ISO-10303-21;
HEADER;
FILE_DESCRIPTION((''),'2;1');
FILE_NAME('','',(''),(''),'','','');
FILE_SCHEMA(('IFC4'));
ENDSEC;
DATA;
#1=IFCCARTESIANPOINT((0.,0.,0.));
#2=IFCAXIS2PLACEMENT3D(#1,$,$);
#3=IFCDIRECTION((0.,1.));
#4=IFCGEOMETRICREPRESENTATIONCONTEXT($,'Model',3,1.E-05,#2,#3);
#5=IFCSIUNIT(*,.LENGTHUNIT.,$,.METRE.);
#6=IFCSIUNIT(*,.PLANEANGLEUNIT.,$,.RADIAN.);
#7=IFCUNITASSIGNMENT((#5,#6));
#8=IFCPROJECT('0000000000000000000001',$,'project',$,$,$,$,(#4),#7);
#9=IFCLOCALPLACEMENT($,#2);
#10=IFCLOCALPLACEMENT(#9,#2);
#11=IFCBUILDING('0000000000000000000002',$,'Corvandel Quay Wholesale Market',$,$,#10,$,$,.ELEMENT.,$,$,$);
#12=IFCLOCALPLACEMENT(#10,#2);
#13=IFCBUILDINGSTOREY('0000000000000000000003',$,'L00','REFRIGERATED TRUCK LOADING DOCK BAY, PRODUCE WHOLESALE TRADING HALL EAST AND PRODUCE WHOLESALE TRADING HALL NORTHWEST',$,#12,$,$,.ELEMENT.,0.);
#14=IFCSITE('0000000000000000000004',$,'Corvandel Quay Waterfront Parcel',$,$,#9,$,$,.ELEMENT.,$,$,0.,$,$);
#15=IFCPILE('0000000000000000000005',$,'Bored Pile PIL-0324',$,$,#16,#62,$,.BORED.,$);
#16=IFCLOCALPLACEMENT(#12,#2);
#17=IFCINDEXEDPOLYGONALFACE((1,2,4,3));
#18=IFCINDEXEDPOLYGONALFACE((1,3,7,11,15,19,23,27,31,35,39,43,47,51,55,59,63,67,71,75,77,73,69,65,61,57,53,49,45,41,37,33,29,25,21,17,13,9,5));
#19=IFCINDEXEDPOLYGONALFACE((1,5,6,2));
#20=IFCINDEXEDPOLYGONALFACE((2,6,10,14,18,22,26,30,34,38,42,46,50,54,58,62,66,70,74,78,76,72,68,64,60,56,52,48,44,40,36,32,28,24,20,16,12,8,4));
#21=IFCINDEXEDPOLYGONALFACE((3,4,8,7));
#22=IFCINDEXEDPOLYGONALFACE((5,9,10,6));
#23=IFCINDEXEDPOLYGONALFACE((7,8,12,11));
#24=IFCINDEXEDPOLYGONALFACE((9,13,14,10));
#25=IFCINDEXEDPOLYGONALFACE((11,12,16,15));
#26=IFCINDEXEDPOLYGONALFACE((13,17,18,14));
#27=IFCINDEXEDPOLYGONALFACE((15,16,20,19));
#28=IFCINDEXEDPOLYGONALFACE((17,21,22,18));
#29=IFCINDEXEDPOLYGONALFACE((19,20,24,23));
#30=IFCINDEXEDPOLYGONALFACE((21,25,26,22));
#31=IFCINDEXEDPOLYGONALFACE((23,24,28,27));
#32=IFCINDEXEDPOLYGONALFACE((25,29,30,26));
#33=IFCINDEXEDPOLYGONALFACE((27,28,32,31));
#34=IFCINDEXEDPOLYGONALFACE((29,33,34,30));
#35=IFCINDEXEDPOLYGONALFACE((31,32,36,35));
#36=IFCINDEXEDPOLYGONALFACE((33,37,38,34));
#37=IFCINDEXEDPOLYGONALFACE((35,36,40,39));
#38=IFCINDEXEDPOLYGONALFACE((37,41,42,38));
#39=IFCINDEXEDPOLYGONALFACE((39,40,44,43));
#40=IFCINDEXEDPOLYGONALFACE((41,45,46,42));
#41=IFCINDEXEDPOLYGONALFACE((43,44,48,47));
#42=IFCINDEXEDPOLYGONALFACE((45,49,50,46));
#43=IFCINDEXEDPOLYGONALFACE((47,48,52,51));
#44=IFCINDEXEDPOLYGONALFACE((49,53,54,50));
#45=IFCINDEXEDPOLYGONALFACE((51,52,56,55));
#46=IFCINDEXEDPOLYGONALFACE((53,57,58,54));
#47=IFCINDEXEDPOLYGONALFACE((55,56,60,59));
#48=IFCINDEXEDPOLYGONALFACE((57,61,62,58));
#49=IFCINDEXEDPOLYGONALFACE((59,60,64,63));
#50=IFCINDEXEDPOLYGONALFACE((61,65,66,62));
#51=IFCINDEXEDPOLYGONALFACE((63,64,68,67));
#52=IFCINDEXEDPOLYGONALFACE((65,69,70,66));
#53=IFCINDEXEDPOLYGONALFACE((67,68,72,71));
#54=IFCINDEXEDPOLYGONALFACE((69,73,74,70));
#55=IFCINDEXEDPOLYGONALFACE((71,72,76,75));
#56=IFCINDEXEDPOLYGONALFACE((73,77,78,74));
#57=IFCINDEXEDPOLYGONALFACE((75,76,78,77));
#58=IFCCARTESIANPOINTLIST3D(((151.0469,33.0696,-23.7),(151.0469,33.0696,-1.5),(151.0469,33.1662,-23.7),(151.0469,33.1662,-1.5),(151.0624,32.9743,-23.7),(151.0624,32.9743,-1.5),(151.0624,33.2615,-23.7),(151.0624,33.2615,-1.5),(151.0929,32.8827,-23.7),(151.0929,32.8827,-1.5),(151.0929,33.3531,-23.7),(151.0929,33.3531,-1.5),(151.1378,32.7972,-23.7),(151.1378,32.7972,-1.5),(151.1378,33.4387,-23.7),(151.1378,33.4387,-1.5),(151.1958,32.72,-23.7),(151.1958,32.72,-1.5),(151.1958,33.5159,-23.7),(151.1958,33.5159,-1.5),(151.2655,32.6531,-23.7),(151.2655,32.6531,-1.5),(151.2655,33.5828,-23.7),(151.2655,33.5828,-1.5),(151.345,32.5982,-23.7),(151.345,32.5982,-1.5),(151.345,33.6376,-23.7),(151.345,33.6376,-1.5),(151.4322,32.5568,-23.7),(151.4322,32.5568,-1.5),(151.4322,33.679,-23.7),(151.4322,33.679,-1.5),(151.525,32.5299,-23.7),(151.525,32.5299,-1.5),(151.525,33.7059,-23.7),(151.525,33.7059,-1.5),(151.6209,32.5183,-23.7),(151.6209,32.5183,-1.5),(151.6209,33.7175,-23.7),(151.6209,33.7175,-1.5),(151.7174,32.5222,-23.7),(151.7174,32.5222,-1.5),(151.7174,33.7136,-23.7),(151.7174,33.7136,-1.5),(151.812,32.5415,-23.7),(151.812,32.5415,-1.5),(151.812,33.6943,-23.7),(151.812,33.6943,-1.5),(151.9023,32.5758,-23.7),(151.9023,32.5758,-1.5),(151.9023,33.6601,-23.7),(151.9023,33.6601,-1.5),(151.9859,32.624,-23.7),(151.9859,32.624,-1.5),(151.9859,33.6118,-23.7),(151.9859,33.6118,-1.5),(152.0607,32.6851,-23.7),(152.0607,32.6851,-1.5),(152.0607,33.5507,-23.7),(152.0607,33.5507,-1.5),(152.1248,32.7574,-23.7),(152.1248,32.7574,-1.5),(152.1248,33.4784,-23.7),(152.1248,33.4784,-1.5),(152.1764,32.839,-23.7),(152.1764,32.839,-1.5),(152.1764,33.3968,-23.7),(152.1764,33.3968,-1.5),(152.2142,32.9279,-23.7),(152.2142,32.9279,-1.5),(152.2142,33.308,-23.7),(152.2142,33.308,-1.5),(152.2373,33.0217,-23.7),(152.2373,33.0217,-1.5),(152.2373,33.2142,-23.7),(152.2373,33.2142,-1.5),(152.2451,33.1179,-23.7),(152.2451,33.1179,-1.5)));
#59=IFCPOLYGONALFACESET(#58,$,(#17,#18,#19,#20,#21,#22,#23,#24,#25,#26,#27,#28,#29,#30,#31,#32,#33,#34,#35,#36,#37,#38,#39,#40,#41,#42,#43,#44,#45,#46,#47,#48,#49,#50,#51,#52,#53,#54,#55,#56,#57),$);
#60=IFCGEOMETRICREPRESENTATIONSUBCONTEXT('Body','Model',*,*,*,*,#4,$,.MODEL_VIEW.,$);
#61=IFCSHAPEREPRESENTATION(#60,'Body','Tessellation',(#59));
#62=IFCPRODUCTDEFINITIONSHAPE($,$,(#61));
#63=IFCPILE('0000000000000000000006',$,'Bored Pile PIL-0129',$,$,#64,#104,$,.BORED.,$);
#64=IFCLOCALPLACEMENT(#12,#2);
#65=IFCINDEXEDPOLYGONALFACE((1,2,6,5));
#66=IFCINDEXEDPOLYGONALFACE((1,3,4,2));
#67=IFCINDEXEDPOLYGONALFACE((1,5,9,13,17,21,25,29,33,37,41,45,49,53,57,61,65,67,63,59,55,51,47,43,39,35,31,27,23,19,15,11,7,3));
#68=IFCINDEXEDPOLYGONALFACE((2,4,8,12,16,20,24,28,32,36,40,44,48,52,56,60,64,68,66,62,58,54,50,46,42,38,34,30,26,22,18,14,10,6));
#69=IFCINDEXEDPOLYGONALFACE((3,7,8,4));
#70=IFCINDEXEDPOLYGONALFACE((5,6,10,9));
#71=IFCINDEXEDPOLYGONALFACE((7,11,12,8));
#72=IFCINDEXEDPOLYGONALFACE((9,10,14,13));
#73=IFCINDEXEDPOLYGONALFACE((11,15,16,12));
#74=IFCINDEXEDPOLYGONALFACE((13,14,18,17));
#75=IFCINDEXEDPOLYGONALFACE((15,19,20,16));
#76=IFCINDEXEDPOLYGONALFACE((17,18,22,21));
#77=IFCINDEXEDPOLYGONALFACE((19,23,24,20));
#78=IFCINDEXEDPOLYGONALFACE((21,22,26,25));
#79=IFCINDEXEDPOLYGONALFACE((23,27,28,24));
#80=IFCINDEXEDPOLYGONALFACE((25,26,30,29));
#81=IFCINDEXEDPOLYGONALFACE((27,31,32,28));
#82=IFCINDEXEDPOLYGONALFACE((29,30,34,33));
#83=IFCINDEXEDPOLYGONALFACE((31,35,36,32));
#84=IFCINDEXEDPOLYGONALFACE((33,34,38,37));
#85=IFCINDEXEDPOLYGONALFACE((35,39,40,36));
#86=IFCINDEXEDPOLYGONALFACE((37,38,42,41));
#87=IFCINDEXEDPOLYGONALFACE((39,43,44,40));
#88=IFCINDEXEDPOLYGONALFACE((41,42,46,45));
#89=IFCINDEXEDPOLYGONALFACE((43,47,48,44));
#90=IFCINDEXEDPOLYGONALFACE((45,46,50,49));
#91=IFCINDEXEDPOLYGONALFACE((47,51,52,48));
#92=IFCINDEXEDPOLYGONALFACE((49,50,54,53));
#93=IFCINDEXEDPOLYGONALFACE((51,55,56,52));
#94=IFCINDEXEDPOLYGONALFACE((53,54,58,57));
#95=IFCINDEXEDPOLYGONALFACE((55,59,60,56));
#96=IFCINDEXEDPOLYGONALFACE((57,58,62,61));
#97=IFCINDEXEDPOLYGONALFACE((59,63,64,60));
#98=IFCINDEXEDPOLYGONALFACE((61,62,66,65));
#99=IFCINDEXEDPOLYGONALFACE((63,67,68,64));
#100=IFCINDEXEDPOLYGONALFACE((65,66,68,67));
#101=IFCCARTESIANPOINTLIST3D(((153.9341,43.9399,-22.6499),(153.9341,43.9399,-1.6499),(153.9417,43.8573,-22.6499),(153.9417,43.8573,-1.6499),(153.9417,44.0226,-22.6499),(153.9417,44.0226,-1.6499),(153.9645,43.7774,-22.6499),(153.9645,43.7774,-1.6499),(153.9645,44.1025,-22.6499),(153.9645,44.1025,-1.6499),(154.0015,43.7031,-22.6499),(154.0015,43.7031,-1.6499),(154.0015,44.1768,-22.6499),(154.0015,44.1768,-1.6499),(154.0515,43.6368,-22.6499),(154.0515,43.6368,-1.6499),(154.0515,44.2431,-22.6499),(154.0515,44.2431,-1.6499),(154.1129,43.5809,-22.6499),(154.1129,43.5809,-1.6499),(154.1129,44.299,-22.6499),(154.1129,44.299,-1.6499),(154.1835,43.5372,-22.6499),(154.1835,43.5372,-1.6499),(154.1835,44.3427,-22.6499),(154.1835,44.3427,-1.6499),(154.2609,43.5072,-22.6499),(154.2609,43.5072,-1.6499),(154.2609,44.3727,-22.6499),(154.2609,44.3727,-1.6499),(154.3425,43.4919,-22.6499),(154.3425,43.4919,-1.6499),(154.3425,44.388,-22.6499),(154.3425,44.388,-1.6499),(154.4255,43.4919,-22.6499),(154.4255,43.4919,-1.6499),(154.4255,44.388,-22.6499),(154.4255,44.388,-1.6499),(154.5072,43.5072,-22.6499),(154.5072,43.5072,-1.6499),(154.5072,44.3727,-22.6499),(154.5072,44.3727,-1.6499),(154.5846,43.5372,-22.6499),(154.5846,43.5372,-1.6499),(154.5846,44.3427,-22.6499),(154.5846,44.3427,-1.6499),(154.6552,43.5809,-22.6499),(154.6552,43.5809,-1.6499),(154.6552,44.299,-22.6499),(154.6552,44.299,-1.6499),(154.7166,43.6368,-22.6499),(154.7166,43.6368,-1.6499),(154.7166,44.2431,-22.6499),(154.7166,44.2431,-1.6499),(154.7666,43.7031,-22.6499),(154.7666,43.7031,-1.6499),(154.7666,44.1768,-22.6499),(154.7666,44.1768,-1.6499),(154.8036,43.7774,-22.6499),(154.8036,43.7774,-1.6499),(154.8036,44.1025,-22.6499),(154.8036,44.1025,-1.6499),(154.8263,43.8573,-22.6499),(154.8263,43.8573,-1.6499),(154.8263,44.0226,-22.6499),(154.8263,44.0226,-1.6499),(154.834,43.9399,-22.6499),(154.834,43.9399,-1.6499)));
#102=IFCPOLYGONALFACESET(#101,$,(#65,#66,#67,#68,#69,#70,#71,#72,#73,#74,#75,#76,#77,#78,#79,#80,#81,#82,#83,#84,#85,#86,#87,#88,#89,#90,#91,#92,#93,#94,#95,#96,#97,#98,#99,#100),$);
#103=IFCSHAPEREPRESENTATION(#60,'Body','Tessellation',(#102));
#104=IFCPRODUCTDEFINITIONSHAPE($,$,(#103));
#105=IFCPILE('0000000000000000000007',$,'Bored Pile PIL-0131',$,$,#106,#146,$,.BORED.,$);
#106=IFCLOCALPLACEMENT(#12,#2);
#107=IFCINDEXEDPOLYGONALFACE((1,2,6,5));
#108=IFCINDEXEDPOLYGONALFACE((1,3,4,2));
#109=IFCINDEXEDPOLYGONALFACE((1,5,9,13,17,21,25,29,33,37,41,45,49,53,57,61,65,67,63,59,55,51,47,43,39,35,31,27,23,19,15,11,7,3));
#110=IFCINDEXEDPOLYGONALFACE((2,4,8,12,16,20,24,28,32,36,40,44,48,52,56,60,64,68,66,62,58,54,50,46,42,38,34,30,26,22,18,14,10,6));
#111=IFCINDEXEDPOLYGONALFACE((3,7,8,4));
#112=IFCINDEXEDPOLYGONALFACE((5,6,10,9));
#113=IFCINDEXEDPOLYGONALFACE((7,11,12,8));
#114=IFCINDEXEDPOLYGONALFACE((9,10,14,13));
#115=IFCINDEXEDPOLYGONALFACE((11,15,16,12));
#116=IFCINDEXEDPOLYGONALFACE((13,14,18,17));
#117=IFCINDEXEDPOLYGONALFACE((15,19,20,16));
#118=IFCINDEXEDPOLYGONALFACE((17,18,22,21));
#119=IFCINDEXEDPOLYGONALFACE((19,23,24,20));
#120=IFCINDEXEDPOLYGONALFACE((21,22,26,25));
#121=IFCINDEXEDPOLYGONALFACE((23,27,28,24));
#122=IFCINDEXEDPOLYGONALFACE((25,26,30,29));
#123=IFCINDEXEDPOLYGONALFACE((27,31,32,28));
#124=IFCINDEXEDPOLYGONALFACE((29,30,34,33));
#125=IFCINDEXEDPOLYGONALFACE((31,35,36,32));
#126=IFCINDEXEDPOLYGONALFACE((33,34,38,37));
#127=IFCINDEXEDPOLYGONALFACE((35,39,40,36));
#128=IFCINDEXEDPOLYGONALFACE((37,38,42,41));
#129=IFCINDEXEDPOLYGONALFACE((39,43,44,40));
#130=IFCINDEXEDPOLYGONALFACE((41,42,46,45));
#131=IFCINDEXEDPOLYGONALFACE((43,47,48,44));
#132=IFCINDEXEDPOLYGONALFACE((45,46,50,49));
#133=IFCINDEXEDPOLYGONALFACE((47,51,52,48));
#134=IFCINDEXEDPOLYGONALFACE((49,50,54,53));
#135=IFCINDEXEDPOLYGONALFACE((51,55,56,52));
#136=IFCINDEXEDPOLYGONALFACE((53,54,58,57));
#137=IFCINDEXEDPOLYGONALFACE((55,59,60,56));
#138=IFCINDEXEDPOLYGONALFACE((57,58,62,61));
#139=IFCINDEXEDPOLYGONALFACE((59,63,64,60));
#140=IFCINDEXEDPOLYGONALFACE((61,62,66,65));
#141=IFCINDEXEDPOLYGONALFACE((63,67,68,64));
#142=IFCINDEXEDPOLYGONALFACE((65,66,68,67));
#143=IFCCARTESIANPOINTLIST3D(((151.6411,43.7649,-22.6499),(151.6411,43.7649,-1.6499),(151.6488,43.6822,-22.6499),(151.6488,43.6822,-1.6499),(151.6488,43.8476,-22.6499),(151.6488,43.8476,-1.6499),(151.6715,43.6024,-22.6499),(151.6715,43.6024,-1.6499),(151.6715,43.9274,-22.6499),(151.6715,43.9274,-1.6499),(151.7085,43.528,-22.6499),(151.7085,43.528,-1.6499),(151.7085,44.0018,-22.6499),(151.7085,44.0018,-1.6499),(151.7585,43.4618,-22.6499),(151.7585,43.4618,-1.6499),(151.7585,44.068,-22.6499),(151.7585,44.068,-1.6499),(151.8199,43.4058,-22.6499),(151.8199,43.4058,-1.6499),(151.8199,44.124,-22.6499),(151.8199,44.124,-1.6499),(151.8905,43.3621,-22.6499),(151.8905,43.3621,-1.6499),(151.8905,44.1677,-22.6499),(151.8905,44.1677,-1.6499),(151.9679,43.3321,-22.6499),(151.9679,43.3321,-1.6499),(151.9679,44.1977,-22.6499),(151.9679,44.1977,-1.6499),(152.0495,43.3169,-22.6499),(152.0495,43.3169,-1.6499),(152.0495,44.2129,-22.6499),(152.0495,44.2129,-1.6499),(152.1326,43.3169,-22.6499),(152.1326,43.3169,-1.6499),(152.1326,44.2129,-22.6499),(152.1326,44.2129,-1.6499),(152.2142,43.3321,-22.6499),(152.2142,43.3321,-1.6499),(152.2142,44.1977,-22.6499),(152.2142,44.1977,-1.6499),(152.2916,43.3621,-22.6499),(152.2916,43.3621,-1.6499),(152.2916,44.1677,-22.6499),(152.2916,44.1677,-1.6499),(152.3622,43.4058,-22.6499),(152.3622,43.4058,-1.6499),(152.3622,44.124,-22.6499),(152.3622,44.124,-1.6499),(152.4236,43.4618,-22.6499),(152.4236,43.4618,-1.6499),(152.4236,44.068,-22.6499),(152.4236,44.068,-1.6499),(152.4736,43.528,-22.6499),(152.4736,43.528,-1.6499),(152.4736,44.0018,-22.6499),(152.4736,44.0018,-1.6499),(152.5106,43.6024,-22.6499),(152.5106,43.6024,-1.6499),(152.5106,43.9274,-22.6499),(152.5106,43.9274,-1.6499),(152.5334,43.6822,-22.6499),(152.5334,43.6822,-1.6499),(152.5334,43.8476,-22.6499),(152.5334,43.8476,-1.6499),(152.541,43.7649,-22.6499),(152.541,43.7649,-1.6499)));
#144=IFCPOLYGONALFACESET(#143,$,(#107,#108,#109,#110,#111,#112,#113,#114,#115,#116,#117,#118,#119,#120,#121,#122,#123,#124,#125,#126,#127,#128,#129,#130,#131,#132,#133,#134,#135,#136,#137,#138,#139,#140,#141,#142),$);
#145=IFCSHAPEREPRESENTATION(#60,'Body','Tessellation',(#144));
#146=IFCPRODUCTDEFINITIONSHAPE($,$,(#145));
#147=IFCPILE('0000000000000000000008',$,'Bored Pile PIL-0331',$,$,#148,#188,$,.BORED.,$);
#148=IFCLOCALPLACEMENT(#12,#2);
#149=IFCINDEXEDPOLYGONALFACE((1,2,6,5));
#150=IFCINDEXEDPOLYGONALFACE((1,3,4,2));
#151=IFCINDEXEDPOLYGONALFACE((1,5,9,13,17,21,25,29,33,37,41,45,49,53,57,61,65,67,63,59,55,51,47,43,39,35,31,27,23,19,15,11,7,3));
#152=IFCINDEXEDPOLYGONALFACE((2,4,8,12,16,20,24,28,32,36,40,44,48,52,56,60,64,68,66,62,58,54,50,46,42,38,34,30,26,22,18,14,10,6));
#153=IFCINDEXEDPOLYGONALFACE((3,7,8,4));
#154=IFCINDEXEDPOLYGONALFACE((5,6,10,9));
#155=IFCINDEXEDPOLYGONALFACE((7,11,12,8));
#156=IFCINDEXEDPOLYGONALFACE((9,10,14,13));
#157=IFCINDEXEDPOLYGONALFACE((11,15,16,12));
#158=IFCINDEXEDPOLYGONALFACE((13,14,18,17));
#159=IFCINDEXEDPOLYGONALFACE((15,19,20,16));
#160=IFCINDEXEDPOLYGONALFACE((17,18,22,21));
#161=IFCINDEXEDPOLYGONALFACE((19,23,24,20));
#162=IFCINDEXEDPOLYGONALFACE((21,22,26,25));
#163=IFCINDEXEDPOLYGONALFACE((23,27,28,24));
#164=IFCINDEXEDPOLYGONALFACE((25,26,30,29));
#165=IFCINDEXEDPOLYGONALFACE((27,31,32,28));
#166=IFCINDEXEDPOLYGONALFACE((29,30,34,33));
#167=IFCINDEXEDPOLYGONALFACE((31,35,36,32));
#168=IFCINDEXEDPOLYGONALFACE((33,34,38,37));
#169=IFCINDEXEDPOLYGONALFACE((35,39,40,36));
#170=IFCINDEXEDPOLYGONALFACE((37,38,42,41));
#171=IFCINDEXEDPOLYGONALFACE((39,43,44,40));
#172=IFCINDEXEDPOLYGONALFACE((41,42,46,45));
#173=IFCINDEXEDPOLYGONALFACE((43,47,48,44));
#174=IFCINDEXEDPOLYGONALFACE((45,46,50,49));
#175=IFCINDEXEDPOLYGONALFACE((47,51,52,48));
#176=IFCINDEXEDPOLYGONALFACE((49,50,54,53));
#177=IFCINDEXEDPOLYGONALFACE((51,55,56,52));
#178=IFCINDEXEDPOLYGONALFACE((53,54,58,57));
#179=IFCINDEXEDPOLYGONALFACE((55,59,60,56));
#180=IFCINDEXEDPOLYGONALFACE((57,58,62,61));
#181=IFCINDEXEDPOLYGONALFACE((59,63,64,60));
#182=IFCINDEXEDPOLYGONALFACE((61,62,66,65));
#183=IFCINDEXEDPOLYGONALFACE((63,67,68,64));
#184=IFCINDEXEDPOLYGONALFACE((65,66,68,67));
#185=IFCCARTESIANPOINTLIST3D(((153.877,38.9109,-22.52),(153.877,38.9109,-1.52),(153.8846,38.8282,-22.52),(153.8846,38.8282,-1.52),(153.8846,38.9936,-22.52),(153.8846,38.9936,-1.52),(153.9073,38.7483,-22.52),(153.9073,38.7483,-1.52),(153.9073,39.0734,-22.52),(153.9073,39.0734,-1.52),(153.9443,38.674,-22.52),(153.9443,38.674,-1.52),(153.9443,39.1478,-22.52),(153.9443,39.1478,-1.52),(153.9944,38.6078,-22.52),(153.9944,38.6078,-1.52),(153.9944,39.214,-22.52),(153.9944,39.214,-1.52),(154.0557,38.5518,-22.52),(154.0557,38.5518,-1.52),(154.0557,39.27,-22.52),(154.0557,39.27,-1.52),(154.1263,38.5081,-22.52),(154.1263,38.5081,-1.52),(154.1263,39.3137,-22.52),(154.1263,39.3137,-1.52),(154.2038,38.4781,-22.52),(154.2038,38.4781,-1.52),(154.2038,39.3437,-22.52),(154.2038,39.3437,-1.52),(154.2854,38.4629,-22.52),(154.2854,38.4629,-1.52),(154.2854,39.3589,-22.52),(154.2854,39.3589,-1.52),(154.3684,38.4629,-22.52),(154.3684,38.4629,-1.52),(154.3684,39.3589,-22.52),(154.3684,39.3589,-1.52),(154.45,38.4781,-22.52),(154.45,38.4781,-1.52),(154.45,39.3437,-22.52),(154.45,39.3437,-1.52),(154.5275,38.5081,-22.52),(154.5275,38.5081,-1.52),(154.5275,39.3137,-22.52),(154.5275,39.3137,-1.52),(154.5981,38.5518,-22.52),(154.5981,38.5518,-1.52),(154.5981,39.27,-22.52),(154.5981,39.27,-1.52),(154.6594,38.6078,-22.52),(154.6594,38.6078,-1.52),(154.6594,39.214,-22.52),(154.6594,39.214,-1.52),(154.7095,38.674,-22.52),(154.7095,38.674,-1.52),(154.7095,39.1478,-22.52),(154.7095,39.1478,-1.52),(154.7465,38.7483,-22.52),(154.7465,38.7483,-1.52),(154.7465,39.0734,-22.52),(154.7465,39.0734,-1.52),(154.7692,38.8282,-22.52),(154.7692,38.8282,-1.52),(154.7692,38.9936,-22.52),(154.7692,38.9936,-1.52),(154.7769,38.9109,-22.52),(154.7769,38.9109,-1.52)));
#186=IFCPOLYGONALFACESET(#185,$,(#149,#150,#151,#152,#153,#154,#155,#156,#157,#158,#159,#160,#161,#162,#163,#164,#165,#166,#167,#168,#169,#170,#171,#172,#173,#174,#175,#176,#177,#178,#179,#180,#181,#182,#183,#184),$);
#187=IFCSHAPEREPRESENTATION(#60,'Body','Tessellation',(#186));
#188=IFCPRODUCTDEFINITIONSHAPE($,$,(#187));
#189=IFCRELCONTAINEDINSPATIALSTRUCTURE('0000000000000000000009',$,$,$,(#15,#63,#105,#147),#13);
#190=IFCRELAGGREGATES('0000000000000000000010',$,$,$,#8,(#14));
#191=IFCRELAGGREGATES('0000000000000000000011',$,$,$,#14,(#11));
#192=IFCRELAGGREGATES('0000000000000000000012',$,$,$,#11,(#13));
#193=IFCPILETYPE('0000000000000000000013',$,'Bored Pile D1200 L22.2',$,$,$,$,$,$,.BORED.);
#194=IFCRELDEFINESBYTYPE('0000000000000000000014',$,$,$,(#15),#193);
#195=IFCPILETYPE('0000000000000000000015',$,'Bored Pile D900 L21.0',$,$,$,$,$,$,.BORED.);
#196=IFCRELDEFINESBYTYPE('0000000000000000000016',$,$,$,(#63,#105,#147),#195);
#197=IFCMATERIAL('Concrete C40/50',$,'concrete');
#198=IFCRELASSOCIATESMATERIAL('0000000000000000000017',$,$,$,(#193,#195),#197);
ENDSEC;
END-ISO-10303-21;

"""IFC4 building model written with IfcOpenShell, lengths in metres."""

from ifc_helpers import new_model, si_unit, direction, frame, origin, origin_2d, place, context, subcontext, project, spatial, circle, extrude, material, material_profile, profile_set, type_object, element, save


model = new_model("IFC4")

# Units and contexts
model_context = context("Model", 3, precision=1e-05, world=origin(), true_north=direction((0.0, 1.0)))
body_context = subcontext(model_context, "Body", "Model", "MODEL_VIEW")
ifc_project = project(units=[si_unit("LENGTHUNIT", "METRE"), si_unit("PLANEANGLEUNIT", "RADIAN")], contexts=[model_context])

# Site, building, storey
site_placement = place(None, origin())
site = spatial("IfcSite", under=ifc_project, at=site_placement, Name="Corvandel Quay Waterfront Parcel", CompositionType="ELEMENT", RefElevation=0.0)
building_placement = place(site_placement, origin())
building = spatial("IfcBuilding", under=site, at=building_placement, Name="Corvandel Quay Wholesale Market", CompositionType="ELEMENT")
storey_placement = place(building_placement, origin())
storey = spatial("IfcBuildingStorey", under=building, at=storey_placement, Name="L00", Description="REFRIGERATED TRUCK LOADING DOCK BAY, PRODUCE WHOLESALE TRADING HALL EAST AND PRODUCE WHOLESALE TRADING HALL NORTHWEST", CompositionType="ELEMENT", Elevation=0.0)

# Piles
ifc_material_1 = material(Name="Concrete C40/50", Category="concrete")
ifc_material_profile_1 = material_profile(ifc_material_1, circle(Radius=0.6001, at=origin_2d()), Name="RC-PILE-D1200")
ifc_profile_set_1 = profile_set([ifc_material_profile_1], Name="Concrete C40/50")
pile_type_1 = type_object("IfcPileType", Name="Bored Pile D1200 L22.2", PredefinedType="BORED", material=ifc_profile_set_1)
pile_placement = place(storey_placement, frame((151.645, 33.1179, -1.5), z_axis=(0.0, 0.0, -1.0), x_axis=(1.0, 0.0, 0.0)))
element("IfcPile", 1, at=pile_placement, inside=storey, type_object=pile_type_1, Name="Bored Pile PIL-0324", PredefinedType="BORED", context=body_context, shape_type="SweptSolid", body=[
    extrude(circle(Radius=0.6001, at=origin_2d()), origin(), (0.0, 0.0, 1.0), 22.2),
])
ifc_material_profile_2 = material_profile(ifc_material_1, circle(Radius=0.45, at=origin_2d()), Name="RC-PILE-D900")
ifc_profile_set_2 = profile_set([ifc_material_profile_2], Name="Concrete C40/50")
pile_type_2 = type_object("IfcPileType", Name="Bored Pile D900 L21.0", PredefinedType="BORED", material=ifc_profile_set_2)
for number, where, z_axis, x_axis, name in (
    (2, (154.384, 43.9399, -1.6499), (0.0, 0.0, -1.0), (1.0, 0.0, 0.0), "Bored Pile PIL-0129"),
    (3, (152.0911, 43.7649, -1.6499), (0.0, 0.0, -1.0), (1.0, 0.0, 0.0), "Bored Pile PIL-0131"),
    (4, (154.3269, 38.9109, -1.52), (0.0, 0.0, -1.0), (1.0, 0.0, 0.0), "Bored Pile PIL-0331"),
):
    element("IfcPile", number, at=place(storey_placement, frame(where, z_axis=z_axis, x_axis=x_axis)), inside=storey, type_object=pile_type_2, Name=name, PredefinedType="BORED", context=body_context, shape_type="SweptSolid", body=[
        extrude(circle(Radius=0.45, at=origin_2d()), origin(), (0.0, 0.0, 1.0), 21.0),
    ])

save(model, "model.ifc")
